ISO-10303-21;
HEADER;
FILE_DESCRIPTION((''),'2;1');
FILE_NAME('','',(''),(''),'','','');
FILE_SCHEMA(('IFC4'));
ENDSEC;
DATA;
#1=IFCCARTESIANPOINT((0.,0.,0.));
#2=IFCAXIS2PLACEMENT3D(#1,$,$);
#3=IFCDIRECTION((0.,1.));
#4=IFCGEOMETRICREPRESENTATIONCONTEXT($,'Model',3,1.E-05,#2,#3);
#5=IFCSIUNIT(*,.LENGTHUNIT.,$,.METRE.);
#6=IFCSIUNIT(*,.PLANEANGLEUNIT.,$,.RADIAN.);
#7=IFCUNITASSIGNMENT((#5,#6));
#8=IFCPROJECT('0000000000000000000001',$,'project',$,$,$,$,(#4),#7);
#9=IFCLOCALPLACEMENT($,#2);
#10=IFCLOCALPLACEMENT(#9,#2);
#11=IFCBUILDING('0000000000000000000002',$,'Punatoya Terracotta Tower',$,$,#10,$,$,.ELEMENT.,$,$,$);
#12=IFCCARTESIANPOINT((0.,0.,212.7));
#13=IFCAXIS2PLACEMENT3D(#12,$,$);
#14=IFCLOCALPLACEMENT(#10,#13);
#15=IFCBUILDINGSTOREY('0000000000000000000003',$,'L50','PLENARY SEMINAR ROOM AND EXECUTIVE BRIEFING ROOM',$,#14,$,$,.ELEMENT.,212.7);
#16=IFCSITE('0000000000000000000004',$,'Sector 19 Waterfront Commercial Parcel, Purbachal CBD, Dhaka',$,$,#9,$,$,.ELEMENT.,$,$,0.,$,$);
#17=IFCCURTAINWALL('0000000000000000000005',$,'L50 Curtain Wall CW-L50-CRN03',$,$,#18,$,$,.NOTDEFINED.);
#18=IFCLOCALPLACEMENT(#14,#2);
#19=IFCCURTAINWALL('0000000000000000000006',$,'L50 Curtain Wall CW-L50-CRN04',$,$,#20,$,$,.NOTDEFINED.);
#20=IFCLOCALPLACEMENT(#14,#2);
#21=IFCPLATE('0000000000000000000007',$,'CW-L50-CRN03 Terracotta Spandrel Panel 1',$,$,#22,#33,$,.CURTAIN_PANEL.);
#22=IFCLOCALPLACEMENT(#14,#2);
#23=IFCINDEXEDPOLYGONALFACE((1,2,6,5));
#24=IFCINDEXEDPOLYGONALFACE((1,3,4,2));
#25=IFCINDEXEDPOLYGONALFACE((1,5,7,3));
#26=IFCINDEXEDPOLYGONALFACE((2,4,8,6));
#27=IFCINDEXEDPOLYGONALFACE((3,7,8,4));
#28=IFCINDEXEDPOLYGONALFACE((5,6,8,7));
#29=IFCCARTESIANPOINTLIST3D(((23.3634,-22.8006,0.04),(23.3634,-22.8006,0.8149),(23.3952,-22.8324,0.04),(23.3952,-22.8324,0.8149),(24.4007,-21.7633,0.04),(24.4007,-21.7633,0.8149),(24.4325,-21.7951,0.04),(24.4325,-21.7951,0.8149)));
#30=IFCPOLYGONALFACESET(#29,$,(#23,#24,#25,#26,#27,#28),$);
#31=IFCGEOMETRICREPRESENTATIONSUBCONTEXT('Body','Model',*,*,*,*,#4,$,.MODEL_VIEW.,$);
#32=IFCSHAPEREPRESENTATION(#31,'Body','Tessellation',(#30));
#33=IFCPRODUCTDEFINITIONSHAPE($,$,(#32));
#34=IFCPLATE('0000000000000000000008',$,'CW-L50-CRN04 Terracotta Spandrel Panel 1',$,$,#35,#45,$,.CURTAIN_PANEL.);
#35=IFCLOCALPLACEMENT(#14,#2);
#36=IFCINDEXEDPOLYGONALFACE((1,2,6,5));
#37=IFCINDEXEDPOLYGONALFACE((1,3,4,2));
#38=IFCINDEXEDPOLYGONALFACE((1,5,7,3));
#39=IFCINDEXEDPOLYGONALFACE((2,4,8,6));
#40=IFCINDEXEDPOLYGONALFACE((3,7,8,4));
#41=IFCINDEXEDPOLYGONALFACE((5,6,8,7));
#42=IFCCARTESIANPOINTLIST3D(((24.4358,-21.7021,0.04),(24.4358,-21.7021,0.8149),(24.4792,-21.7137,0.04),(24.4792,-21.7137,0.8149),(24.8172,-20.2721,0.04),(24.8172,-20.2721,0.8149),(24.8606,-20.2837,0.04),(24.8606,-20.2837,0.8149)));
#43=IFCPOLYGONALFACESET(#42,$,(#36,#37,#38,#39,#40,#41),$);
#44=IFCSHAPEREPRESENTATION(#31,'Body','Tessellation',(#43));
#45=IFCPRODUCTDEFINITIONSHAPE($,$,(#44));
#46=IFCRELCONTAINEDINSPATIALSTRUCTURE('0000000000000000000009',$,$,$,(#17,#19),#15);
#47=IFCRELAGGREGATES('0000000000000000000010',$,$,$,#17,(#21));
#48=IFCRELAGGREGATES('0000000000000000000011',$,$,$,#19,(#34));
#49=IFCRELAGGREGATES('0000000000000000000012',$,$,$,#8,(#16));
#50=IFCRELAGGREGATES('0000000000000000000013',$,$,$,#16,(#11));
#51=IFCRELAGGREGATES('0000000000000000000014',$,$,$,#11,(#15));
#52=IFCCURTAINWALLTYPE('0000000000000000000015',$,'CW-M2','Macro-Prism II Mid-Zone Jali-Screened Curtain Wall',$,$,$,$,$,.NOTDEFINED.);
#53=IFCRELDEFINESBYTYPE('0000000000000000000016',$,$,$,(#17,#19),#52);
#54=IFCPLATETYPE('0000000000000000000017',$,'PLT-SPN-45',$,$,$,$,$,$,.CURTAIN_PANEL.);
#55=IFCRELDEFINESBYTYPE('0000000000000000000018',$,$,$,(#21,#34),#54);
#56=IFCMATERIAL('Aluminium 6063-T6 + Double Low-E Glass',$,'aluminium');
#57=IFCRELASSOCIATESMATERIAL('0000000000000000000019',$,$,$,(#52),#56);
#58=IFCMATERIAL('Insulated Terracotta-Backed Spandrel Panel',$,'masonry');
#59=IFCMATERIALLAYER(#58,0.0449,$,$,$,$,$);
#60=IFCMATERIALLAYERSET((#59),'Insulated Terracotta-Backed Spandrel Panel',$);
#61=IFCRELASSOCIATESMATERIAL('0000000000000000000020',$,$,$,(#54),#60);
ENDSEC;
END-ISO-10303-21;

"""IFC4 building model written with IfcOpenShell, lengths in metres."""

from ifc_helpers import new_model, si_unit, direction, frame, origin, origin_2d, place, context, subcontext, project, spatial, rectangle, extrude, material, layer, layer_set, type_object, element, aggregate, save


model = new_model("IFC4")

# Units and contexts
model_context = context("Model", 3, precision=1e-05, world=origin(), true_north=direction((0.0, 1.0)))
body_context = subcontext(model_context, "Body", "Model", "MODEL_VIEW")
ifc_project = project(units=[si_unit("LENGTHUNIT", "METRE"), si_unit("PLANEANGLEUNIT", "RADIAN")], contexts=[model_context])

# Site, building, storey
site_placement = place(None, origin())
site = spatial("IfcSite", under=ifc_project, at=site_placement, Name="Sector 19 Waterfront Commercial Parcel, Purbachal CBD, Dhaka", CompositionType="ELEMENT", RefElevation=0.0)
building_placement = place(site_placement, origin())
building = spatial("IfcBuilding", under=site, at=building_placement, Name="Punatoya Terracotta Tower", CompositionType="ELEMENT")
storey_placement = place(building_placement, frame((0.0, 0.0, 212.7)))
storey = spatial("IfcBuildingStorey", under=building, at=storey_placement, Name="L50", Description="PLENARY SEMINAR ROOM AND EXECUTIVE BRIEFING ROOM", CompositionType="ELEMENT", Elevation=212.7)

# Shared definitions
ifc_material_1 = material(Name="Aluminium 6063-T6 + Double Low-E Glass", Category="aluminium")
curtain_wall_type = type_object("IfcCurtainWallType", Name="CW-M2", Description="Macro-Prism II Mid-Zone Jali-Screened Curtain Wall", PredefinedType="NOTDEFINED", material=ifc_material_1)

# Curtain walls
curtain_wall_1_placement = place(storey_placement, origin())
curtain_wall_1 = element("IfcCurtainWall", 1, at=curtain_wall_1_placement, inside=storey, type_object=curtain_wall_type, Name="L50 Curtain Wall CW-L50-CRN03", PredefinedType="NOTDEFINED")
curtain_wall_2_placement = place(storey_placement, origin())
curtain_wall_2 = element("IfcCurtainWall", 2, at=curtain_wall_2_placement, inside=storey, type_object=curtain_wall_type, Name="L50 Curtain Wall CW-L50-CRN04", PredefinedType="NOTDEFINED")

# Plates
ifc_material_2 = material(Name="Insulated Terracotta-Backed Spandrel Panel", Category="masonry")
ifc_layer_1 = layer(ifc_material_2, 0.0449)
ifc_layer_set_1 = layer_set([ifc_layer_1], Name="Insulated Terracotta-Backed Spandrel Panel")
plate_type_1 = type_object("IfcPlateType", Name="PLT-SPN-45", PredefinedType="CURTAIN_PANEL", material=ifc_layer_set_1)
plate_1_placement = place(storey_placement, frame((23.8979, -22.2979, 0.04), z_axis=(0.0, 0.0, 1.0), x_axis=(0.707107, 0.707107, 0.0)))
plate_1 = element("IfcPlate", 3, at=plate_1_placement, type_object=plate_type_1, Name="CW-L50-CRN03 Terracotta Spandrel Panel 1", PredefinedType="CURTAIN_PANEL", context=body_context, shape_type="SweptSolid", body=[
    extrude(rectangle(XDim=1.467, YDim=0.0449, at=origin_2d()), origin(), (0.0, 0.0, 1.0), 0.7749),
])
aggregate(curtain_wall_1, [plate_1])
plate_2_placement = place(storey_placement, frame((24.6482, -20.9929, 0.04), z_axis=(0.0, 0.0, 1.0), x_axis=(0.257742, 0.966214, 0.0)))
plate_2 = element("IfcPlate", 4, at=plate_2_placement, type_object=plate_type_1, Name="CW-L50-CRN04 Terracotta Spandrel Panel 1", PredefinedType="CURTAIN_PANEL", context=body_context, shape_type="SweptSolid", body=[
    extrude(rectangle(XDim=1.48, YDim=0.0449, at=origin_2d()), origin(), (0.0, 0.0, 1.0), 0.7749),
])
aggregate(curtain_wall_2, [plate_2])

save(model, "model.ifc")
